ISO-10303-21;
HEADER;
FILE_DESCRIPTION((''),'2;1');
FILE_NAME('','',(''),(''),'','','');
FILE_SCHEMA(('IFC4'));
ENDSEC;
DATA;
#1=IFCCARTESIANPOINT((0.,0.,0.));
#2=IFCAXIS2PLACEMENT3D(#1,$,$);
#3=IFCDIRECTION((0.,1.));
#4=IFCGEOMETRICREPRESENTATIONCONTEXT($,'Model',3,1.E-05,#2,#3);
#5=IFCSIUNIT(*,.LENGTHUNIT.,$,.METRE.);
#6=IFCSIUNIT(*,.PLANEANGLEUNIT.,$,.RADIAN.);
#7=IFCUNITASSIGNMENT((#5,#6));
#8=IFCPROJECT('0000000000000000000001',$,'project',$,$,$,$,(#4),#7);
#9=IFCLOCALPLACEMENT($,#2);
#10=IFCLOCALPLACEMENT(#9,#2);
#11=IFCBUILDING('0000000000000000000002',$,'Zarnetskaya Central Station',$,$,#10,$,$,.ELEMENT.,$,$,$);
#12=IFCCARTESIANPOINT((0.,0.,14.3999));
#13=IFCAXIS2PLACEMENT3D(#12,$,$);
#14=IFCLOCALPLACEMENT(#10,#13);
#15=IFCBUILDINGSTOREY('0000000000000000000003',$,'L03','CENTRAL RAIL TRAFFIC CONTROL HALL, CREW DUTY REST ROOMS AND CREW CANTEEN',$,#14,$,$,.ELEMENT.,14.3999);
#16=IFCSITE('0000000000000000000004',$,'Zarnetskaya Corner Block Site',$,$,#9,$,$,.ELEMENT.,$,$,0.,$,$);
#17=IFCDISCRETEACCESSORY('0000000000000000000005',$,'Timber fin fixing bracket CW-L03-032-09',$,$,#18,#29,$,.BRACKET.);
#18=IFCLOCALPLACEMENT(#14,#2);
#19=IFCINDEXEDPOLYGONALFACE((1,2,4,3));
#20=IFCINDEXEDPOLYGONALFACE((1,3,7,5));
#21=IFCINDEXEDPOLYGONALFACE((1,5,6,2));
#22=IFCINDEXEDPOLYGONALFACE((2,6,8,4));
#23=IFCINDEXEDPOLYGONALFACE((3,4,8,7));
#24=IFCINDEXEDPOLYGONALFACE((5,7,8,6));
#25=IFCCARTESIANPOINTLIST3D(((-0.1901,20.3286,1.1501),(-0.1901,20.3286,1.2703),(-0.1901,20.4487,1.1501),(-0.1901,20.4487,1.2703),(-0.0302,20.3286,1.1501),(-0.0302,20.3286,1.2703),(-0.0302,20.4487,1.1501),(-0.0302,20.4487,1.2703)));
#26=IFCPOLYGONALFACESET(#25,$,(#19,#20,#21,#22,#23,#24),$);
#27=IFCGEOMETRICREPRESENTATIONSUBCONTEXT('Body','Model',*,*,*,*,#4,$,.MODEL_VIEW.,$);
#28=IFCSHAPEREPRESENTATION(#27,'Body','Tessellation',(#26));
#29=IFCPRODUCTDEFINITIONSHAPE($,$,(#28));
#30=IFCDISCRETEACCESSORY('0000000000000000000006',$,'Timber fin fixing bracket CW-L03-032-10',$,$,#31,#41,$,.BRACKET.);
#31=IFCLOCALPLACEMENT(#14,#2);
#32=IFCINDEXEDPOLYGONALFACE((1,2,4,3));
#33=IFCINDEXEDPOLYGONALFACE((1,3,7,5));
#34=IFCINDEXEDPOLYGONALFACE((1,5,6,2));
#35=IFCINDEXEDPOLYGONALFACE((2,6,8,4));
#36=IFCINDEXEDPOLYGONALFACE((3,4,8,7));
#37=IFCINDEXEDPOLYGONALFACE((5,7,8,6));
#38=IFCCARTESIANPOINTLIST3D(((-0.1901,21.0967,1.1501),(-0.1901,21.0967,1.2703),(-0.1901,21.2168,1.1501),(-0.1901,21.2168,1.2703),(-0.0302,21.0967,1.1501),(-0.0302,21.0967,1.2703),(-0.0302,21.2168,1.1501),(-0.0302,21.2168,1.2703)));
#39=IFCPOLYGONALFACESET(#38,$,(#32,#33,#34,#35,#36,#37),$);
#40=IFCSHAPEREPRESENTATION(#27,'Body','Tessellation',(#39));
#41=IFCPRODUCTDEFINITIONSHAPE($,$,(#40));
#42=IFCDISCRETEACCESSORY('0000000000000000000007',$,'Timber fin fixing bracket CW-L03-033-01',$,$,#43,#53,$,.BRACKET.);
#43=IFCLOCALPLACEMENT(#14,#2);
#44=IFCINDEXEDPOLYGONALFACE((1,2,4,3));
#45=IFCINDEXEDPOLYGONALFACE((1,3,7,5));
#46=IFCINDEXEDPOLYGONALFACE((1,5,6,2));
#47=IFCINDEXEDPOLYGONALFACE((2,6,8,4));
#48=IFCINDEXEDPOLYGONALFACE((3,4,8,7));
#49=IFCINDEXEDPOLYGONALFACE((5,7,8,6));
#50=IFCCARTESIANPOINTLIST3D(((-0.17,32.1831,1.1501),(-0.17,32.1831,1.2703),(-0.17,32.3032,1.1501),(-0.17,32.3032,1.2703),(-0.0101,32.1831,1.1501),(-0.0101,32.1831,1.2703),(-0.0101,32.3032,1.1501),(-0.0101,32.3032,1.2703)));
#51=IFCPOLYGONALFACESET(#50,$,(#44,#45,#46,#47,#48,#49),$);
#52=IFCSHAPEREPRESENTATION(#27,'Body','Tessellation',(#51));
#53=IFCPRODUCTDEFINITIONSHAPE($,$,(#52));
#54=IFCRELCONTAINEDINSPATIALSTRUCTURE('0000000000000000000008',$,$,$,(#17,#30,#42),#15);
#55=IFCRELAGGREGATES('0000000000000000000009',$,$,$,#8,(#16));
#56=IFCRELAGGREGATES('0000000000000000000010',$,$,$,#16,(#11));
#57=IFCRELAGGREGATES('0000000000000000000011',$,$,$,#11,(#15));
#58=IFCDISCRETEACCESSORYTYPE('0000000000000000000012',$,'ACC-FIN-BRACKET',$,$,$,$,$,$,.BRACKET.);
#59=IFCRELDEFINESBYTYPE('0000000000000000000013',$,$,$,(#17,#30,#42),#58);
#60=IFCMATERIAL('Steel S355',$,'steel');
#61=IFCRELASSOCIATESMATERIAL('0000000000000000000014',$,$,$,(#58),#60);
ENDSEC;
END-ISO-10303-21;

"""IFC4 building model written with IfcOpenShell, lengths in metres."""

from ifc_helpers import new_model, si_unit, direction, frame, origin, origin_2d, place, context, subcontext, project, spatial, rectangle, extrude, material, type_object, element, save


model = new_model("IFC4")

# Units and contexts
model_context = context("Model", 3, precision=1e-05, world=origin(), true_north=direction((0.0, 1.0)))
body_context = subcontext(model_context, "Body", "Model", "MODEL_VIEW")
ifc_project = project(units=[si_unit("LENGTHUNIT", "METRE"), si_unit("PLANEANGLEUNIT", "RADIAN")], contexts=[model_context])

# Site, building, storey
site_placement = place(None, origin())
site = spatial("IfcSite", under=ifc_project, at=site_placement, Name="Zarnetskaya Corner Block Site", CompositionType="ELEMENT", RefElevation=0.0)
building_placement = place(site_placement, origin())
building = spatial("IfcBuilding", under=site, at=building_placement, Name="Zarnetskaya Central Station", CompositionType="ELEMENT")
storey_placement = place(building_placement, frame((0.0, 0.0, 14.3999)))
storey = spatial("IfcBuildingStorey", under=building, at=storey_placement, Name="L03", Description="CENTRAL RAIL TRAFFIC CONTROL HALL, CREW DUTY REST ROOMS AND CREW CANTEEN", CompositionType="ELEMENT", Elevation=14.3999)

# Shared definitions
ifc_material_1 = material(Name="Steel S355", Category="steel")

# Discrete accessories
discrete_accessory_type = type_object("IfcDiscreteAccessoryType", Name="ACC-FIN-BRACKET", PredefinedType="BRACKET", material=ifc_material_1)
for number, where, z_axis, x_axis, name in (
    (1, (-0.1101, 20.3887, 1.1501), (0.0, 0.0, 1.0), (0.0, 1.0, 0.0), "Timber fin fixing bracket CW-L03-032-09"),
    (2, (-0.1101, 21.1567, 1.1501), (0.0, 0.0, 1.0), (0.0, 1.0, 0.0), "Timber fin fixing bracket CW-L03-032-10"),
    (3, (-0.0901, 32.2432, 1.1501), (0.0, 0.0, 1.0), (0.0, 1.0, 0.0), "Timber fin fixing bracket CW-L03-033-01"),
):
    element("IfcDiscreteAccessory", number, at=place(storey_placement, frame(where, z_axis=z_axis, x_axis=x_axis)), inside=storey, type_object=discrete_accessory_type, Name=name, PredefinedType="BRACKET", context=body_context, shape_type="SweptSolid", body=[
        extrude(rectangle(XDim=0.1201, YDim=0.1599, at=origin_2d()), origin(), (0.0, 0.0, 1.0), 0.1201),
    ])

save(model, "model.ifc")
